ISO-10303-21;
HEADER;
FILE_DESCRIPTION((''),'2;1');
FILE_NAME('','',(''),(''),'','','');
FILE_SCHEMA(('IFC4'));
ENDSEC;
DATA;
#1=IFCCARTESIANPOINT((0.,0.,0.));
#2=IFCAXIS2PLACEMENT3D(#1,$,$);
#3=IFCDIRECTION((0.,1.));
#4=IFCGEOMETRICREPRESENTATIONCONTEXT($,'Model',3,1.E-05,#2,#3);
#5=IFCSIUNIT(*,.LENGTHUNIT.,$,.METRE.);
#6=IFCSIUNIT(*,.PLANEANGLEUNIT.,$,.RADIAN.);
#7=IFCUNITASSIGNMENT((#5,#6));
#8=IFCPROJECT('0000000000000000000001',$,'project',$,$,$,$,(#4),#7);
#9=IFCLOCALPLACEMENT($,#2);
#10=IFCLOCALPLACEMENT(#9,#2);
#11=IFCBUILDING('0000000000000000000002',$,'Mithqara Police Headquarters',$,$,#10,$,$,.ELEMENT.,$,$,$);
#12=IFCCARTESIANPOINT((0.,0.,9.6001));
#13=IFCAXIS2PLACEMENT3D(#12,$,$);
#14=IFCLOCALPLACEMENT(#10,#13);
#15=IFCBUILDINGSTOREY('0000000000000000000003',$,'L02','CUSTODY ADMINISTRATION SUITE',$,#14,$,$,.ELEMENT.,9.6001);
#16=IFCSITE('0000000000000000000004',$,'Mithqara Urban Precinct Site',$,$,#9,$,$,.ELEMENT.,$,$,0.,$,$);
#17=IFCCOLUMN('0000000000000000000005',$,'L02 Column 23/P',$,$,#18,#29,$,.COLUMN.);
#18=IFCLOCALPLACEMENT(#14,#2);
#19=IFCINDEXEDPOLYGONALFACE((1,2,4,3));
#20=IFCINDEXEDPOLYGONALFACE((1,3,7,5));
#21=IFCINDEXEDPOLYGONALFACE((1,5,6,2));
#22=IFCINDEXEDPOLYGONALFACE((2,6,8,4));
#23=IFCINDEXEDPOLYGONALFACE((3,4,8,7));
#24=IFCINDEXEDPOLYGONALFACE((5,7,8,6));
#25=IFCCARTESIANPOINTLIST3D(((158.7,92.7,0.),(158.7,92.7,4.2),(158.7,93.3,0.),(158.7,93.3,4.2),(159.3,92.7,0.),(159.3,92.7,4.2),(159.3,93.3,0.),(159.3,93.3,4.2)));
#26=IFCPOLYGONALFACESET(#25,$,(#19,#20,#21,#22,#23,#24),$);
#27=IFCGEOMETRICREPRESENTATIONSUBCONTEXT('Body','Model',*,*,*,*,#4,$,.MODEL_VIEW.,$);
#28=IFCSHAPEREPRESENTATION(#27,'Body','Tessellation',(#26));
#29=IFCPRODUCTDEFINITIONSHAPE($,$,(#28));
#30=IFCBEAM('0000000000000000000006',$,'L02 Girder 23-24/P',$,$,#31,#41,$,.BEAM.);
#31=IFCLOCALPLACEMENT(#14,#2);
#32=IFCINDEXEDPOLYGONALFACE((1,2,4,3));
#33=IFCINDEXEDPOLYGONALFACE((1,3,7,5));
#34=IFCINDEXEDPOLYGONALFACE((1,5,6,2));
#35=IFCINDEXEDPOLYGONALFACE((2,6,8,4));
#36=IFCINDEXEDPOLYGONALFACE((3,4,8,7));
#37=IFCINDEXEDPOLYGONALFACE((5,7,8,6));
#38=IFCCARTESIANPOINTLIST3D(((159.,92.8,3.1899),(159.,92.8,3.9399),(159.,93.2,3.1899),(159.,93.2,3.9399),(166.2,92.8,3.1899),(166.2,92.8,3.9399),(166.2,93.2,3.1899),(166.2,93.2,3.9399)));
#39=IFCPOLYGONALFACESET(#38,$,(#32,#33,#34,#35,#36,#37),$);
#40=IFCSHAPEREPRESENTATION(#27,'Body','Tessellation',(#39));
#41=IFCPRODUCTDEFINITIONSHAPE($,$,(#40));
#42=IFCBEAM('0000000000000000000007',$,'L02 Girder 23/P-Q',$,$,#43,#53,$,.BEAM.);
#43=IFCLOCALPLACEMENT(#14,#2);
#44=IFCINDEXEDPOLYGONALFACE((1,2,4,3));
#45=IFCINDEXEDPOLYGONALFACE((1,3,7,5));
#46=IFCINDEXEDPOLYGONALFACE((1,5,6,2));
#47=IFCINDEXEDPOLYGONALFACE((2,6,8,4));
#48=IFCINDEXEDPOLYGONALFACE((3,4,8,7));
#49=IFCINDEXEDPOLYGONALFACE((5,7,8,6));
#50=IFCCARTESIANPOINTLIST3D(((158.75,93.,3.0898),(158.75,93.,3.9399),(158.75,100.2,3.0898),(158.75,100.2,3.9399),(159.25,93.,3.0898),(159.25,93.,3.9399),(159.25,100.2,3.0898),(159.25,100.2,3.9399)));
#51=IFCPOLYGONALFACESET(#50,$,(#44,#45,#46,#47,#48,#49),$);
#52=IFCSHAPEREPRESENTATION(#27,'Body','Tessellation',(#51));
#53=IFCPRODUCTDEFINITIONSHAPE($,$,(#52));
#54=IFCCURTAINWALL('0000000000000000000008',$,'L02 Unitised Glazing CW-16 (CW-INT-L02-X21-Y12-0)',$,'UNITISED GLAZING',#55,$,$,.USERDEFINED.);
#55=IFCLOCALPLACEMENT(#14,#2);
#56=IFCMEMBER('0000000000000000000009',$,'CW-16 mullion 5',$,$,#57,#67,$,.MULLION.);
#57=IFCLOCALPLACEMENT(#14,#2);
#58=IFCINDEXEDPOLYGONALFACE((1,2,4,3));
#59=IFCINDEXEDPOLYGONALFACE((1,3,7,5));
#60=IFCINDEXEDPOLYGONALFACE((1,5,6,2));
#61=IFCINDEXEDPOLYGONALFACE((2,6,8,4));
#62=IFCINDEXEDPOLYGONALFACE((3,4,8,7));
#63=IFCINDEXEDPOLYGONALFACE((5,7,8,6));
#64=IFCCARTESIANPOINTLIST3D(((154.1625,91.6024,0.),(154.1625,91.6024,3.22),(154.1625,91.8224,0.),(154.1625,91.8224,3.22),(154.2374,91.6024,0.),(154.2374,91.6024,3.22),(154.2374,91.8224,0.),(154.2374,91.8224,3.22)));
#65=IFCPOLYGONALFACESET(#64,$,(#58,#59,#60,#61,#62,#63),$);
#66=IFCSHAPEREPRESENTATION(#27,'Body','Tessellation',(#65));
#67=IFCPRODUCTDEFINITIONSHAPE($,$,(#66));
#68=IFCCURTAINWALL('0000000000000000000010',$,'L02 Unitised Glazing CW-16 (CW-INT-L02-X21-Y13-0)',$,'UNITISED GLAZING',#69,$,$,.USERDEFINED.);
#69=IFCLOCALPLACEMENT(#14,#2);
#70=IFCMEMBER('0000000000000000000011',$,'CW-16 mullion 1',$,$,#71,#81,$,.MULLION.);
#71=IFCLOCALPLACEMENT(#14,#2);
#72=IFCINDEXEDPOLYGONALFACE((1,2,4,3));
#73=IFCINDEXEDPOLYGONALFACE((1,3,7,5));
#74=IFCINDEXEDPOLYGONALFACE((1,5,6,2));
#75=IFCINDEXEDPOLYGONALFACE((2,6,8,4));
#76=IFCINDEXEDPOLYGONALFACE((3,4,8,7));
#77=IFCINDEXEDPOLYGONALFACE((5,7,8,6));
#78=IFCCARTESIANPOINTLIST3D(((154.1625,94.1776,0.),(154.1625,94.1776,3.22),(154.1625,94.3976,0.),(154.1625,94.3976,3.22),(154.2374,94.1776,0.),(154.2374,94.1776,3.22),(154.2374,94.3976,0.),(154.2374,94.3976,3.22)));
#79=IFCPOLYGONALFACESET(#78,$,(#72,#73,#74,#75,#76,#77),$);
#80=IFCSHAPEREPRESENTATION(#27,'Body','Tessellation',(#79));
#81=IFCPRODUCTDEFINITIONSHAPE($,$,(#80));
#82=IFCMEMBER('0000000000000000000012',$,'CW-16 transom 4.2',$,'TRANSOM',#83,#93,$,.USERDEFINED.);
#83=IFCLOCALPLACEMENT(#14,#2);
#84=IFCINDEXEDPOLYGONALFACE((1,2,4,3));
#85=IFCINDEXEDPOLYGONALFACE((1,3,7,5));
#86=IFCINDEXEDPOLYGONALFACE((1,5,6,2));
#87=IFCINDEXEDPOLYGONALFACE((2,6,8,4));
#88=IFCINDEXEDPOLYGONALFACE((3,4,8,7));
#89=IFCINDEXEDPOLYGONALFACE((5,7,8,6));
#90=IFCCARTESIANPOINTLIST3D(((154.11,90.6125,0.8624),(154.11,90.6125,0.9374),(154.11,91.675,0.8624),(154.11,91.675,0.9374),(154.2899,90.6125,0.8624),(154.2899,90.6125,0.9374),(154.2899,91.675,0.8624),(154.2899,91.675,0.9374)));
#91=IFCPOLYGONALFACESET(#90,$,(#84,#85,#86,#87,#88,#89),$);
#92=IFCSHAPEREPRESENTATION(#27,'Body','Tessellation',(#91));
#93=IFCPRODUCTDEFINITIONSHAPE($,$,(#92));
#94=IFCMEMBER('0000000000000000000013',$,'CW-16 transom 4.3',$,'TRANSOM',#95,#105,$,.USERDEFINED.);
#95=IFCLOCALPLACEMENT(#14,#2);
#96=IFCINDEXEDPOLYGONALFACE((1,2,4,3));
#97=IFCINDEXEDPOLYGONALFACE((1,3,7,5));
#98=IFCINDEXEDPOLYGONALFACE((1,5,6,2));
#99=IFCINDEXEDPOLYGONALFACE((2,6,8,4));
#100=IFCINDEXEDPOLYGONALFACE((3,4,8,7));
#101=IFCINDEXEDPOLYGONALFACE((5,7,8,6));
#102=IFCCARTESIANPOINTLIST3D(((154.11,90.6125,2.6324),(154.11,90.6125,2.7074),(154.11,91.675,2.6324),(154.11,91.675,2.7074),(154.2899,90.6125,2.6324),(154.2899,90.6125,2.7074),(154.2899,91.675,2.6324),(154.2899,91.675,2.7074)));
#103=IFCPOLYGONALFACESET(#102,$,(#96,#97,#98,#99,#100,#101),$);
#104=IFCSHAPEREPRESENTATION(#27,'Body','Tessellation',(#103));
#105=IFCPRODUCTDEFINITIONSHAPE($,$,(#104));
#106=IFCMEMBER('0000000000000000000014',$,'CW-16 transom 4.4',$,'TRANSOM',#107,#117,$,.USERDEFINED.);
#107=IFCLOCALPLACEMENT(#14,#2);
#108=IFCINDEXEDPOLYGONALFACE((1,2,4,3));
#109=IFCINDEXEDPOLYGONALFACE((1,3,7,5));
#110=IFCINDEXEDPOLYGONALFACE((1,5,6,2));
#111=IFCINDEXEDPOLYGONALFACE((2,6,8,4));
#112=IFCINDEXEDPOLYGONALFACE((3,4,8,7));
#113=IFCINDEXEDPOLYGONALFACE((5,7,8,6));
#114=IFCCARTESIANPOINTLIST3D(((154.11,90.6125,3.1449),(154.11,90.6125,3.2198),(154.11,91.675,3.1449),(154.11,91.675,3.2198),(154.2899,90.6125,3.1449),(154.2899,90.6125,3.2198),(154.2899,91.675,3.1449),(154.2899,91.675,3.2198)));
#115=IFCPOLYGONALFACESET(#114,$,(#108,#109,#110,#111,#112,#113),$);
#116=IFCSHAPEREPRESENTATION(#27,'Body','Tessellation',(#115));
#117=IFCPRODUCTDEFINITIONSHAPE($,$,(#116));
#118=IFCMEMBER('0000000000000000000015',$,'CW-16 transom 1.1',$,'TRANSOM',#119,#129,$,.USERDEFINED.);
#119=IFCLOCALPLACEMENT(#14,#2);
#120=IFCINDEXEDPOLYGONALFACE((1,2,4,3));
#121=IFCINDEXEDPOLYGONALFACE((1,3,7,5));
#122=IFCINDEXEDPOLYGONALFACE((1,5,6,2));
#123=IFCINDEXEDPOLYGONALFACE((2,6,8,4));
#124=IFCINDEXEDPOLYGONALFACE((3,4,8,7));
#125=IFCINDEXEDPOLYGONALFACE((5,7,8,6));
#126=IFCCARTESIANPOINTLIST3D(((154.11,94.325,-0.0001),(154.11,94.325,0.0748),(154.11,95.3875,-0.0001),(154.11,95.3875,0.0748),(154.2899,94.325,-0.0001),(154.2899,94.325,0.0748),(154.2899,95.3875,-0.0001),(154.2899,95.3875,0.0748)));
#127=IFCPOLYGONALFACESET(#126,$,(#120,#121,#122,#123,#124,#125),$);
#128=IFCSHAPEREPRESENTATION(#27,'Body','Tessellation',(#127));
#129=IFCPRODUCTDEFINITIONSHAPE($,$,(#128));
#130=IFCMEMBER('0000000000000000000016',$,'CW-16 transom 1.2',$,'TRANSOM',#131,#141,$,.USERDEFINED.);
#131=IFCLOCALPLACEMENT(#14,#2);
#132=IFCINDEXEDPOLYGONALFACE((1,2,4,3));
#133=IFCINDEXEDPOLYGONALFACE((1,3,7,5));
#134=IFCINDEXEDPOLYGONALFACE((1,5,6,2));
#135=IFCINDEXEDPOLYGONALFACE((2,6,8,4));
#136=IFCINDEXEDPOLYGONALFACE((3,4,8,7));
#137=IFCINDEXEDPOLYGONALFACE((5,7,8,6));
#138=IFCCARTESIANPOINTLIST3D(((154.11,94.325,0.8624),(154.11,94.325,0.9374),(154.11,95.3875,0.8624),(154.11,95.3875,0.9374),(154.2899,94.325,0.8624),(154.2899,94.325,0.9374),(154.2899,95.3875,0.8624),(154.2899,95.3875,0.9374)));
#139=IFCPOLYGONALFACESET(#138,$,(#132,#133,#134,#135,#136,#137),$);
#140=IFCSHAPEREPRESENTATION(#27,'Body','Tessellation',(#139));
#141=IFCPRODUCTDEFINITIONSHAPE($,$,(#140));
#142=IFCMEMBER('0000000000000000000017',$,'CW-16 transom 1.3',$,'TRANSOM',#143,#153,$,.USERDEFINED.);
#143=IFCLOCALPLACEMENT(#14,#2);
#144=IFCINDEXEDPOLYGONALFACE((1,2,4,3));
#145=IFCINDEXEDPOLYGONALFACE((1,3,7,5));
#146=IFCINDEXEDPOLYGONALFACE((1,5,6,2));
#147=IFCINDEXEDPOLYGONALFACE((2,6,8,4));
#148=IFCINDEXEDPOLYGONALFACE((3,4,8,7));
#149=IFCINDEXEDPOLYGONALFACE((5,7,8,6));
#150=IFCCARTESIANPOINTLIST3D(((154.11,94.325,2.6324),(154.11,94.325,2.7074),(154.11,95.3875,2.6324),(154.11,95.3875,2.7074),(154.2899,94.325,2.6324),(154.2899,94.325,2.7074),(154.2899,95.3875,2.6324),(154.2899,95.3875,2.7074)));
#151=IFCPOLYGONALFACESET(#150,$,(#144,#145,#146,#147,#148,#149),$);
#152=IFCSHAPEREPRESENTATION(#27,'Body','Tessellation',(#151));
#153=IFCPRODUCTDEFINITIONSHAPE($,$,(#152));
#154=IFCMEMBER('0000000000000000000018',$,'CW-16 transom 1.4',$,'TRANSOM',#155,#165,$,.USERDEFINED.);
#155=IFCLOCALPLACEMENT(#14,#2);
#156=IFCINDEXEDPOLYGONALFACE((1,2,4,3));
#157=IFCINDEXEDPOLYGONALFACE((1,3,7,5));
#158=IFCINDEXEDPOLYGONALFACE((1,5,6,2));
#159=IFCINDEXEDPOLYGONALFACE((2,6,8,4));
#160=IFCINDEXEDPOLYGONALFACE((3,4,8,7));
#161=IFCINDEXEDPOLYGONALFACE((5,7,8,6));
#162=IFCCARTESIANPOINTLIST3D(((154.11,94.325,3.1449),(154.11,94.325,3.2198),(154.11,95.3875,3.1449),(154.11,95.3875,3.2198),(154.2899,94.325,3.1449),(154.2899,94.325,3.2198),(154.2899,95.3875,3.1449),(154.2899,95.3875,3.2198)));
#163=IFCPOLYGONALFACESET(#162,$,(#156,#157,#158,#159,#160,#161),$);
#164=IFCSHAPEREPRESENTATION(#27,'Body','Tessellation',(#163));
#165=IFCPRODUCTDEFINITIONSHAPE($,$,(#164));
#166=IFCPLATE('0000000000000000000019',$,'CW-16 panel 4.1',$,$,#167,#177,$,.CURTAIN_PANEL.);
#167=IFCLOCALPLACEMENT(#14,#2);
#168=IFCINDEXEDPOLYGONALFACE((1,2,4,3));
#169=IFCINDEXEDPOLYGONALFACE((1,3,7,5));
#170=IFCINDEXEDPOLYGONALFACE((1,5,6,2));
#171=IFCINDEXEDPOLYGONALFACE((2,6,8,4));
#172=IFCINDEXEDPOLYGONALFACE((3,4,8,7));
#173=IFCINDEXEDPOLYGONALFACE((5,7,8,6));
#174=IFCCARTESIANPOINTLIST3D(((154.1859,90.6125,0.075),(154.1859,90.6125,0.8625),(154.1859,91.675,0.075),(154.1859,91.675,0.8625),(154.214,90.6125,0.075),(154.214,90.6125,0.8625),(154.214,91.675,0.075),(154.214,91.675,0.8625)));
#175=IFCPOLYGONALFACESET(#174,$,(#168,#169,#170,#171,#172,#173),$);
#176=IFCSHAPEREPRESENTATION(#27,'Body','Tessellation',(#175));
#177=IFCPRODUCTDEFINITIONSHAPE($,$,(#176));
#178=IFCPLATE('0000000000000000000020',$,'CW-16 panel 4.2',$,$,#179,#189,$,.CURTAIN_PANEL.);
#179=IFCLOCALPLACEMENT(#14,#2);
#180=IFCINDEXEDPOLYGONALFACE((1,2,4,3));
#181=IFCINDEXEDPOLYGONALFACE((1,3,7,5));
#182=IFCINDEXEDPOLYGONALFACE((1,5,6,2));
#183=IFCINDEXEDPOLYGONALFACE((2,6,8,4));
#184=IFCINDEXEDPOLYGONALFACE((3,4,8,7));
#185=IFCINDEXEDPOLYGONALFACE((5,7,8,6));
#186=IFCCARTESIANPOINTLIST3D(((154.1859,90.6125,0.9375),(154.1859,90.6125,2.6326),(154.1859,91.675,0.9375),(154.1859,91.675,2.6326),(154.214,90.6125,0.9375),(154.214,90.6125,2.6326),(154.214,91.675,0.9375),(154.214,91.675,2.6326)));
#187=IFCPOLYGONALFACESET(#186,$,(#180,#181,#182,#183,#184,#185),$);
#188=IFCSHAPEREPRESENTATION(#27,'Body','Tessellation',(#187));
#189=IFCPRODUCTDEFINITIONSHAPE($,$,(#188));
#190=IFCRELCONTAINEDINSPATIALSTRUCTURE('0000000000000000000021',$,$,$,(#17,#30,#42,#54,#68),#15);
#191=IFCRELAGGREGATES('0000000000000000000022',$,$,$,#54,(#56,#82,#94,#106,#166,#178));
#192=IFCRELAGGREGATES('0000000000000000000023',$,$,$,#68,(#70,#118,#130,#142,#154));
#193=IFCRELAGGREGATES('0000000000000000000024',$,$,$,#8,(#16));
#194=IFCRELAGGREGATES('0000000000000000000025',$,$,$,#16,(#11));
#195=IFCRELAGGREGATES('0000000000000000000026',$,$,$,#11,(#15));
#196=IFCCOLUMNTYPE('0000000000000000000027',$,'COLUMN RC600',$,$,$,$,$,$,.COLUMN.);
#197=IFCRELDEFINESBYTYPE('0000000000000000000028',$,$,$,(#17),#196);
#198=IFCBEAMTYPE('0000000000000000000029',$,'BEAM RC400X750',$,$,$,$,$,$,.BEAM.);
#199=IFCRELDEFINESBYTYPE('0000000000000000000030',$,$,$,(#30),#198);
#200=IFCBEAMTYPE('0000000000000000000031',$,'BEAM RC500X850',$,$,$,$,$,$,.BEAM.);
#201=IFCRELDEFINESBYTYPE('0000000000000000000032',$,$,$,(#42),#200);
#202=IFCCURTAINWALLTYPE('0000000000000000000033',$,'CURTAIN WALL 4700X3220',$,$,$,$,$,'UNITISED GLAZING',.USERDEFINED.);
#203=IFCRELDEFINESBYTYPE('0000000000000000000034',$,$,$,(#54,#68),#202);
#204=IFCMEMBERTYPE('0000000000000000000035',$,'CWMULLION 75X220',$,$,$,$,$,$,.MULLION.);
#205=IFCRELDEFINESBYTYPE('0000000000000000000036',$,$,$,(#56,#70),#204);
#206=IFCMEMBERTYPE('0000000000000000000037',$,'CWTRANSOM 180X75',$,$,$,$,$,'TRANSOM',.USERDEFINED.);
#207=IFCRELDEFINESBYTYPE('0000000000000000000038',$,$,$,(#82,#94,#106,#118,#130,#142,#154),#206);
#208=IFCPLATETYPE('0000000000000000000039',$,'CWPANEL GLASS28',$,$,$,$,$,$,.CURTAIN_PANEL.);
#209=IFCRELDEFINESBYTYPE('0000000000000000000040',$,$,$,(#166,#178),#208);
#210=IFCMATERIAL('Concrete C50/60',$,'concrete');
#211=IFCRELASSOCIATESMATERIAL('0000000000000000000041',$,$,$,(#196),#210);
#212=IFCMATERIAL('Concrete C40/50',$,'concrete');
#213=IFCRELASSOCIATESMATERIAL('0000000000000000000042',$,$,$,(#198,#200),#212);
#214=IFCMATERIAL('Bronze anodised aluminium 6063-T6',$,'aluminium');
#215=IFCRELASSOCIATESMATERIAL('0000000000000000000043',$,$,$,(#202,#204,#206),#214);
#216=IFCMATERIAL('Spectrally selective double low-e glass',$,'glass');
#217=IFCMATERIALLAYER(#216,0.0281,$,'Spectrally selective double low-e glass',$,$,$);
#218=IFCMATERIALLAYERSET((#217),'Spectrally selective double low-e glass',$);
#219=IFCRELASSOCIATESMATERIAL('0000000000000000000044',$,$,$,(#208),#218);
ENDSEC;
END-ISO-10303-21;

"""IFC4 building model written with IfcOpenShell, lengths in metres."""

from ifc_helpers import new_model, si_unit, direction, frame, origin, origin_2d, place, context, subcontext, project, spatial, rectangle, extrude, material, layer, layer_set, material_profile, profile_set, type_object, element, aggregate, save


model = new_model("IFC4")

# Units and contexts
model_context = context("Model", 3, precision=1e-05, world=origin(), true_north=direction((0.0, 1.0)))
body_context = subcontext(model_context, "Body", "Model", "MODEL_VIEW")
ifc_project = project(units=[si_unit("LENGTHUNIT", "METRE"), si_unit("PLANEANGLEUNIT", "RADIAN")], contexts=[model_context])

# Site, building, storey
site_placement = place(None, origin())
site = spatial("IfcSite", under=ifc_project, at=site_placement, Name="Mithqara Urban Precinct Site", CompositionType="ELEMENT", RefElevation=0.0)
building_placement = place(site_placement, origin())
building = spatial("IfcBuilding", under=site, at=building_placement, Name="Mithqara Police Headquarters", CompositionType="ELEMENT")
storey_placement = place(building_placement, frame((0.0, 0.0, 9.6001)))
storey = spatial("IfcBuildingStorey", under=building, at=storey_placement, Name="L02", Description="CUSTODY ADMINISTRATION SUITE", CompositionType="ELEMENT", Elevation=9.6001)

# Column
ifc_material_1 = material(Name="Concrete C50/60", Category="concrete")
ifc_material_profile_1 = material_profile(ifc_material_1, rectangle(XDim=0.6001, YDim=0.6001, at=origin_2d()), Name="RC 600x600")
ifc_profile_set_1 = profile_set([ifc_material_profile_1], Name="Concrete C50/60")
column_type = type_object("IfcColumnType", Name="COLUMN RC600", PredefinedType="COLUMN", material=ifc_profile_set_1)
column_placement = place(storey_placement, frame((159.0, 93.0, 0.0), z_axis=(0.0, 0.0, 1.0), x_axis=(1.0, 0.0, 0.0)))
element("IfcColumn", 1, at=column_placement, inside=storey, type_object=column_type, Name="L02 Column 23/P", PredefinedType="COLUMN", context=body_context, shape_type="SweptSolid", body=[
    extrude(rectangle(XDim=0.6001, YDim=0.6001, at=origin_2d()), origin(), (0.0, 0.0, 1.0), 4.2),
])

# Beams
ifc_material_2 = material(Name="Concrete C40/50", Category="concrete")
ifc_material_profile_2 = material_profile(ifc_material_2, rectangle(XDim=0.3999, YDim=0.75, at=origin_2d()), Name="RC 400x750")
ifc_profile_set_2 = profile_set([ifc_material_profile_2], Name="Concrete C40/50")
beam_type_1 = type_object("IfcBeamType", Name="BEAM RC400X750", PredefinedType="BEAM", material=ifc_profile_set_2)
beam_1_placement = place(storey_placement, frame((159.0, 93.0, 3.5649), z_axis=(1.0, 0.0, 0.0), x_axis=(0.0, 1.0, 0.0)))
element("IfcBeam", 2, at=beam_1_placement, inside=storey, type_object=beam_type_1, Name="L02 Girder 23-24/P", PredefinedType="BEAM", context=body_context, shape_type="SweptSolid", body=[
    extrude(rectangle(XDim=0.3999, YDim=0.75, at=origin_2d()), origin(), (0.0, 0.0, 1.0), 7.2),
])
ifc_material_profile_3 = material_profile(ifc_material_2, rectangle(XDim=0.5, YDim=0.8501, at=origin_2d()), Name="RC 500x850")
ifc_profile_set_3 = profile_set([ifc_material_profile_3], Name="Concrete C40/50")
beam_type_2 = type_object("IfcBeamType", Name="BEAM RC500X850", PredefinedType="BEAM", material=ifc_profile_set_3)
beam_2_placement = place(storey_placement, frame((159.0, 93.0, 3.5149), z_axis=(0.0, 1.0, 0.0), x_axis=(-1.0, 0.0, 0.0)))
element("IfcBeam", 3, at=beam_2_placement, inside=storey, type_object=beam_type_2, Name="L02 Girder 23/P-Q", PredefinedType="BEAM", context=body_context, shape_type="SweptSolid", body=[
    extrude(rectangle(XDim=0.5, YDim=0.8501, at=origin_2d()), origin(), (0.0, 0.0, 1.0), 7.2),
])

# Curtain walls, members
ifc_material_3 = material(Name="Bronze anodised aluminium 6063-T6", Category="aluminium")
curtain_wall_type = type_object("IfcCurtainWallType", Name="CURTAIN WALL 4700X3220", ElementType="UNITISED GLAZING", PredefinedType="USERDEFINED", material=ifc_material_3)
curtain_wall_1_placement = place(storey_placement, origin())
curtain_wall_1 = element("IfcCurtainWall", 4, at=curtain_wall_1_placement, inside=storey, type_object=curtain_wall_type, Name="L02 Unitised Glazing CW-16 (CW-INT-L02-X21-Y12-0)", ObjectType="UNITISED GLAZING", PredefinedType="USERDEFINED")
ifc_material_profile_4 = material_profile(ifc_material_3, rectangle(XDim=0.075, YDim=0.22, at=origin_2d()), Name="CWM 75x220")
ifc_profile_set_4 = profile_set([ifc_material_profile_4], Name="Bronze anodised aluminium 6063-T6")
member_type_1 = type_object("IfcMemberType", Name="CWMULLION 75X220", PredefinedType="MULLION", material=ifc_profile_set_4)
member_1_placement = place(storey_placement, frame((154.2, 91.7124, 0.0), z_axis=(0.0, 0.0, 1.0), x_axis=(-1.0, 0.0, 0.0)))
member_1 = element("IfcMember", 5, at=member_1_placement, type_object=member_type_1, Name="CW-16 mullion 5", PredefinedType="MULLION", context=body_context, shape_type="SweptSolid", body=[
    extrude(rectangle(XDim=0.075, YDim=0.22, at=origin_2d()), origin(), (0.0, 0.0, 1.0), 3.22),
])
curtain_wall_2_placement = place(storey_placement, origin())
curtain_wall_2 = element("IfcCurtainWall", 6, at=curtain_wall_2_placement, inside=storey, type_object=curtain_wall_type, Name="L02 Unitised Glazing CW-16 (CW-INT-L02-X21-Y13-0)", ObjectType="UNITISED GLAZING", PredefinedType="USERDEFINED")
member_2_placement = place(storey_placement, frame((154.2, 94.2876, 0.0), z_axis=(0.0, 0.0, 1.0), x_axis=(-1.0, 0.0, 0.0)))
member_2 = element("IfcMember", 7, at=member_2_placement, type_object=member_type_1, Name="CW-16 mullion 1", PredefinedType="MULLION", context=body_context, shape_type="SweptSolid", body=[
    extrude(rectangle(XDim=0.075, YDim=0.22, at=origin_2d()), origin(), (0.0, 0.0, 1.0), 3.22),
])

# Members
ifc_material_profile_5 = material_profile(ifc_material_3, rectangle(XDim=0.1799, YDim=0.075, at=origin_2d()), Name="CWT 180x75")
ifc_profile_set_5 = profile_set([ifc_material_profile_5], Name="Bronze anodised aluminium 6063-T6")
member_type_2 = type_object("IfcMemberType", Name="CWTRANSOM 180X75", ElementType="TRANSOM", PredefinedType="USERDEFINED", material=ifc_profile_set_5)
member_3_placement = place(storey_placement, frame((154.2, 90.6125, 0.8999), z_axis=(0.0, 1.0, 0.0), x_axis=(-1.0, 0.0, 0.0)))
member_3 = element("IfcMember", 8, at=member_3_placement, type_object=member_type_2, Name="CW-16 transom 4.2", ObjectType="TRANSOM", PredefinedType="USERDEFINED", context=body_context, shape_type="SweptSolid", body=[
    extrude(rectangle(XDim=0.1799, YDim=0.075, at=origin_2d()), origin(), (0.0, 0.0, 1.0), 1.0625),
])
member_4_placement = place(storey_placement, frame((154.2, 90.6125, 2.6699), z_axis=(0.0, 1.0, 0.0), x_axis=(-1.0, 0.0, 0.0)))
member_4 = element("IfcMember", 9, at=member_4_placement, type_object=member_type_2, Name="CW-16 transom 4.3", ObjectType="TRANSOM", PredefinedType="USERDEFINED", context=body_context, shape_type="SweptSolid", body=[
    extrude(rectangle(XDim=0.1799, YDim=0.075, at=origin_2d()), origin(), (0.0, 0.0, 1.0), 1.0625),
])
member_5_placement = place(storey_placement, frame((154.2, 90.6125, 3.1824), z_axis=(0.0, 1.0, 0.0), x_axis=(-1.0, 0.0, 0.0)))
member_5 = element("IfcMember", 10, at=member_5_placement, type_object=member_type_2, Name="CW-16 transom 4.4", ObjectType="TRANSOM", PredefinedType="USERDEFINED", context=body_context, shape_type="SweptSolid", body=[
    extrude(rectangle(XDim=0.1799, YDim=0.075, at=origin_2d()), origin(), (0.0, 0.0, 1.0), 1.0625),
])
member_6_placement = place(storey_placement, frame((154.2, 94.325, 0.0374), z_axis=(0.0, 1.0, 0.0), x_axis=(-1.0, 0.0, 0.0)))
member_6 = element("IfcMember", 11, at=member_6_placement, type_object=member_type_2, Name="CW-16 transom 1.1", ObjectType="TRANSOM", PredefinedType="USERDEFINED", context=body_context, shape_type="SweptSolid", body=[
    extrude(rectangle(XDim=0.1799, YDim=0.075, at=origin_2d()), origin(), (0.0, 0.0, 1.0), 1.0625),
])
member_7_placement = place(storey_placement, frame((154.2, 94.325, 0.8999), z_axis=(0.0, 1.0, 0.0), x_axis=(-1.0, 0.0, 0.0)))
member_7 = element("IfcMember", 12, at=member_7_placement, type_object=member_type_2, Name="CW-16 transom 1.2", ObjectType="TRANSOM", PredefinedType="USERDEFINED", context=body_context, shape_type="SweptSolid", body=[
    extrude(rectangle(XDim=0.1799, YDim=0.075, at=origin_2d()), origin(), (0.0, 0.0, 1.0), 1.0625),
])
member_8_placement = place(storey_placement, frame((154.2, 94.325, 2.6699), z_axis=(0.0, 1.0, 0.0), x_axis=(-1.0, 0.0, 0.0)))
member_8 = element("IfcMember", 13, at=member_8_placement, type_object=member_type_2, Name="CW-16 transom 1.3", ObjectType="TRANSOM", PredefinedType="USERDEFINED", context=body_context, shape_type="SweptSolid", body=[
    extrude(rectangle(XDim=0.1799, YDim=0.075, at=origin_2d()), origin(), (0.0, 0.0, 1.0), 1.0625),
])
member_9_placement = place(storey_placement, frame((154.2, 94.325, 3.1824), z_axis=(0.0, 1.0, 0.0), x_axis=(-1.0, 0.0, 0.0)))
member_9 = element("IfcMember", 14, at=member_9_placement, type_object=member_type_2, Name="CW-16 transom 1.4", ObjectType="TRANSOM", PredefinedType="USERDEFINED", context=body_context, shape_type="SweptSolid", body=[
    extrude(rectangle(XDim=0.1799, YDim=0.075, at=origin_2d()), origin(), (0.0, 0.0, 1.0), 1.0625),
])

# Plates
ifc_material_4 = material(Name="Spectrally selective double low-e glass", Category="glass")
ifc_layer_1 = layer(ifc_material_4, 0.0281, Name="Spectrally selective double low-e glass")
ifc_layer_set_1 = layer_set([ifc_layer_1], Name="Spectrally selective double low-e glass")
plate_type = type_object("IfcPlateType", Name="CWPANEL GLASS28", PredefinedType="CURTAIN_PANEL", material=ifc_layer_set_1)
plate_1_placement = place(storey_placement, frame((154.2, 91.1438, 0.075), z_axis=(0.0, 0.0, 1.0), x_axis=(0.0, 1.0, 0.0)))
plate_1 = element("IfcPlate", 15, at=plate_1_placement, type_object=plate_type, Name="CW-16 panel 4.1", PredefinedType="CURTAIN_PANEL", context=body_context, shape_type="SweptSolid", body=[
    extrude(rectangle(XDim=1.0625, YDim=0.0281, at=origin_2d()), origin(), (0.0, 0.0, 1.0), 0.7876),
])
plate_2_placement = place(storey_placement, frame((154.2, 91.1438, 0.9375), z_axis=(0.0, 0.0, 1.0), x_axis=(0.0, 1.0, 0.0)))
plate_2 = element("IfcPlate", 16, at=plate_2_placement, type_object=plate_type, Name="CW-16 panel 4.2", PredefinedType="CURTAIN_PANEL", context=body_context, shape_type="SweptSolid", body=[
    extrude(rectangle(XDim=1.0625, YDim=0.0281, at=origin_2d()), origin(), (0.0, 0.0, 1.0), 1.6951),
])
aggregate(curtain_wall_1, [member_1, member_3, member_4, member_5, plate_1, plate_2])
aggregate(curtain_wall_2, [member_2, member_6, member_7, member_8, member_9])

save(model, "model.ifc")
